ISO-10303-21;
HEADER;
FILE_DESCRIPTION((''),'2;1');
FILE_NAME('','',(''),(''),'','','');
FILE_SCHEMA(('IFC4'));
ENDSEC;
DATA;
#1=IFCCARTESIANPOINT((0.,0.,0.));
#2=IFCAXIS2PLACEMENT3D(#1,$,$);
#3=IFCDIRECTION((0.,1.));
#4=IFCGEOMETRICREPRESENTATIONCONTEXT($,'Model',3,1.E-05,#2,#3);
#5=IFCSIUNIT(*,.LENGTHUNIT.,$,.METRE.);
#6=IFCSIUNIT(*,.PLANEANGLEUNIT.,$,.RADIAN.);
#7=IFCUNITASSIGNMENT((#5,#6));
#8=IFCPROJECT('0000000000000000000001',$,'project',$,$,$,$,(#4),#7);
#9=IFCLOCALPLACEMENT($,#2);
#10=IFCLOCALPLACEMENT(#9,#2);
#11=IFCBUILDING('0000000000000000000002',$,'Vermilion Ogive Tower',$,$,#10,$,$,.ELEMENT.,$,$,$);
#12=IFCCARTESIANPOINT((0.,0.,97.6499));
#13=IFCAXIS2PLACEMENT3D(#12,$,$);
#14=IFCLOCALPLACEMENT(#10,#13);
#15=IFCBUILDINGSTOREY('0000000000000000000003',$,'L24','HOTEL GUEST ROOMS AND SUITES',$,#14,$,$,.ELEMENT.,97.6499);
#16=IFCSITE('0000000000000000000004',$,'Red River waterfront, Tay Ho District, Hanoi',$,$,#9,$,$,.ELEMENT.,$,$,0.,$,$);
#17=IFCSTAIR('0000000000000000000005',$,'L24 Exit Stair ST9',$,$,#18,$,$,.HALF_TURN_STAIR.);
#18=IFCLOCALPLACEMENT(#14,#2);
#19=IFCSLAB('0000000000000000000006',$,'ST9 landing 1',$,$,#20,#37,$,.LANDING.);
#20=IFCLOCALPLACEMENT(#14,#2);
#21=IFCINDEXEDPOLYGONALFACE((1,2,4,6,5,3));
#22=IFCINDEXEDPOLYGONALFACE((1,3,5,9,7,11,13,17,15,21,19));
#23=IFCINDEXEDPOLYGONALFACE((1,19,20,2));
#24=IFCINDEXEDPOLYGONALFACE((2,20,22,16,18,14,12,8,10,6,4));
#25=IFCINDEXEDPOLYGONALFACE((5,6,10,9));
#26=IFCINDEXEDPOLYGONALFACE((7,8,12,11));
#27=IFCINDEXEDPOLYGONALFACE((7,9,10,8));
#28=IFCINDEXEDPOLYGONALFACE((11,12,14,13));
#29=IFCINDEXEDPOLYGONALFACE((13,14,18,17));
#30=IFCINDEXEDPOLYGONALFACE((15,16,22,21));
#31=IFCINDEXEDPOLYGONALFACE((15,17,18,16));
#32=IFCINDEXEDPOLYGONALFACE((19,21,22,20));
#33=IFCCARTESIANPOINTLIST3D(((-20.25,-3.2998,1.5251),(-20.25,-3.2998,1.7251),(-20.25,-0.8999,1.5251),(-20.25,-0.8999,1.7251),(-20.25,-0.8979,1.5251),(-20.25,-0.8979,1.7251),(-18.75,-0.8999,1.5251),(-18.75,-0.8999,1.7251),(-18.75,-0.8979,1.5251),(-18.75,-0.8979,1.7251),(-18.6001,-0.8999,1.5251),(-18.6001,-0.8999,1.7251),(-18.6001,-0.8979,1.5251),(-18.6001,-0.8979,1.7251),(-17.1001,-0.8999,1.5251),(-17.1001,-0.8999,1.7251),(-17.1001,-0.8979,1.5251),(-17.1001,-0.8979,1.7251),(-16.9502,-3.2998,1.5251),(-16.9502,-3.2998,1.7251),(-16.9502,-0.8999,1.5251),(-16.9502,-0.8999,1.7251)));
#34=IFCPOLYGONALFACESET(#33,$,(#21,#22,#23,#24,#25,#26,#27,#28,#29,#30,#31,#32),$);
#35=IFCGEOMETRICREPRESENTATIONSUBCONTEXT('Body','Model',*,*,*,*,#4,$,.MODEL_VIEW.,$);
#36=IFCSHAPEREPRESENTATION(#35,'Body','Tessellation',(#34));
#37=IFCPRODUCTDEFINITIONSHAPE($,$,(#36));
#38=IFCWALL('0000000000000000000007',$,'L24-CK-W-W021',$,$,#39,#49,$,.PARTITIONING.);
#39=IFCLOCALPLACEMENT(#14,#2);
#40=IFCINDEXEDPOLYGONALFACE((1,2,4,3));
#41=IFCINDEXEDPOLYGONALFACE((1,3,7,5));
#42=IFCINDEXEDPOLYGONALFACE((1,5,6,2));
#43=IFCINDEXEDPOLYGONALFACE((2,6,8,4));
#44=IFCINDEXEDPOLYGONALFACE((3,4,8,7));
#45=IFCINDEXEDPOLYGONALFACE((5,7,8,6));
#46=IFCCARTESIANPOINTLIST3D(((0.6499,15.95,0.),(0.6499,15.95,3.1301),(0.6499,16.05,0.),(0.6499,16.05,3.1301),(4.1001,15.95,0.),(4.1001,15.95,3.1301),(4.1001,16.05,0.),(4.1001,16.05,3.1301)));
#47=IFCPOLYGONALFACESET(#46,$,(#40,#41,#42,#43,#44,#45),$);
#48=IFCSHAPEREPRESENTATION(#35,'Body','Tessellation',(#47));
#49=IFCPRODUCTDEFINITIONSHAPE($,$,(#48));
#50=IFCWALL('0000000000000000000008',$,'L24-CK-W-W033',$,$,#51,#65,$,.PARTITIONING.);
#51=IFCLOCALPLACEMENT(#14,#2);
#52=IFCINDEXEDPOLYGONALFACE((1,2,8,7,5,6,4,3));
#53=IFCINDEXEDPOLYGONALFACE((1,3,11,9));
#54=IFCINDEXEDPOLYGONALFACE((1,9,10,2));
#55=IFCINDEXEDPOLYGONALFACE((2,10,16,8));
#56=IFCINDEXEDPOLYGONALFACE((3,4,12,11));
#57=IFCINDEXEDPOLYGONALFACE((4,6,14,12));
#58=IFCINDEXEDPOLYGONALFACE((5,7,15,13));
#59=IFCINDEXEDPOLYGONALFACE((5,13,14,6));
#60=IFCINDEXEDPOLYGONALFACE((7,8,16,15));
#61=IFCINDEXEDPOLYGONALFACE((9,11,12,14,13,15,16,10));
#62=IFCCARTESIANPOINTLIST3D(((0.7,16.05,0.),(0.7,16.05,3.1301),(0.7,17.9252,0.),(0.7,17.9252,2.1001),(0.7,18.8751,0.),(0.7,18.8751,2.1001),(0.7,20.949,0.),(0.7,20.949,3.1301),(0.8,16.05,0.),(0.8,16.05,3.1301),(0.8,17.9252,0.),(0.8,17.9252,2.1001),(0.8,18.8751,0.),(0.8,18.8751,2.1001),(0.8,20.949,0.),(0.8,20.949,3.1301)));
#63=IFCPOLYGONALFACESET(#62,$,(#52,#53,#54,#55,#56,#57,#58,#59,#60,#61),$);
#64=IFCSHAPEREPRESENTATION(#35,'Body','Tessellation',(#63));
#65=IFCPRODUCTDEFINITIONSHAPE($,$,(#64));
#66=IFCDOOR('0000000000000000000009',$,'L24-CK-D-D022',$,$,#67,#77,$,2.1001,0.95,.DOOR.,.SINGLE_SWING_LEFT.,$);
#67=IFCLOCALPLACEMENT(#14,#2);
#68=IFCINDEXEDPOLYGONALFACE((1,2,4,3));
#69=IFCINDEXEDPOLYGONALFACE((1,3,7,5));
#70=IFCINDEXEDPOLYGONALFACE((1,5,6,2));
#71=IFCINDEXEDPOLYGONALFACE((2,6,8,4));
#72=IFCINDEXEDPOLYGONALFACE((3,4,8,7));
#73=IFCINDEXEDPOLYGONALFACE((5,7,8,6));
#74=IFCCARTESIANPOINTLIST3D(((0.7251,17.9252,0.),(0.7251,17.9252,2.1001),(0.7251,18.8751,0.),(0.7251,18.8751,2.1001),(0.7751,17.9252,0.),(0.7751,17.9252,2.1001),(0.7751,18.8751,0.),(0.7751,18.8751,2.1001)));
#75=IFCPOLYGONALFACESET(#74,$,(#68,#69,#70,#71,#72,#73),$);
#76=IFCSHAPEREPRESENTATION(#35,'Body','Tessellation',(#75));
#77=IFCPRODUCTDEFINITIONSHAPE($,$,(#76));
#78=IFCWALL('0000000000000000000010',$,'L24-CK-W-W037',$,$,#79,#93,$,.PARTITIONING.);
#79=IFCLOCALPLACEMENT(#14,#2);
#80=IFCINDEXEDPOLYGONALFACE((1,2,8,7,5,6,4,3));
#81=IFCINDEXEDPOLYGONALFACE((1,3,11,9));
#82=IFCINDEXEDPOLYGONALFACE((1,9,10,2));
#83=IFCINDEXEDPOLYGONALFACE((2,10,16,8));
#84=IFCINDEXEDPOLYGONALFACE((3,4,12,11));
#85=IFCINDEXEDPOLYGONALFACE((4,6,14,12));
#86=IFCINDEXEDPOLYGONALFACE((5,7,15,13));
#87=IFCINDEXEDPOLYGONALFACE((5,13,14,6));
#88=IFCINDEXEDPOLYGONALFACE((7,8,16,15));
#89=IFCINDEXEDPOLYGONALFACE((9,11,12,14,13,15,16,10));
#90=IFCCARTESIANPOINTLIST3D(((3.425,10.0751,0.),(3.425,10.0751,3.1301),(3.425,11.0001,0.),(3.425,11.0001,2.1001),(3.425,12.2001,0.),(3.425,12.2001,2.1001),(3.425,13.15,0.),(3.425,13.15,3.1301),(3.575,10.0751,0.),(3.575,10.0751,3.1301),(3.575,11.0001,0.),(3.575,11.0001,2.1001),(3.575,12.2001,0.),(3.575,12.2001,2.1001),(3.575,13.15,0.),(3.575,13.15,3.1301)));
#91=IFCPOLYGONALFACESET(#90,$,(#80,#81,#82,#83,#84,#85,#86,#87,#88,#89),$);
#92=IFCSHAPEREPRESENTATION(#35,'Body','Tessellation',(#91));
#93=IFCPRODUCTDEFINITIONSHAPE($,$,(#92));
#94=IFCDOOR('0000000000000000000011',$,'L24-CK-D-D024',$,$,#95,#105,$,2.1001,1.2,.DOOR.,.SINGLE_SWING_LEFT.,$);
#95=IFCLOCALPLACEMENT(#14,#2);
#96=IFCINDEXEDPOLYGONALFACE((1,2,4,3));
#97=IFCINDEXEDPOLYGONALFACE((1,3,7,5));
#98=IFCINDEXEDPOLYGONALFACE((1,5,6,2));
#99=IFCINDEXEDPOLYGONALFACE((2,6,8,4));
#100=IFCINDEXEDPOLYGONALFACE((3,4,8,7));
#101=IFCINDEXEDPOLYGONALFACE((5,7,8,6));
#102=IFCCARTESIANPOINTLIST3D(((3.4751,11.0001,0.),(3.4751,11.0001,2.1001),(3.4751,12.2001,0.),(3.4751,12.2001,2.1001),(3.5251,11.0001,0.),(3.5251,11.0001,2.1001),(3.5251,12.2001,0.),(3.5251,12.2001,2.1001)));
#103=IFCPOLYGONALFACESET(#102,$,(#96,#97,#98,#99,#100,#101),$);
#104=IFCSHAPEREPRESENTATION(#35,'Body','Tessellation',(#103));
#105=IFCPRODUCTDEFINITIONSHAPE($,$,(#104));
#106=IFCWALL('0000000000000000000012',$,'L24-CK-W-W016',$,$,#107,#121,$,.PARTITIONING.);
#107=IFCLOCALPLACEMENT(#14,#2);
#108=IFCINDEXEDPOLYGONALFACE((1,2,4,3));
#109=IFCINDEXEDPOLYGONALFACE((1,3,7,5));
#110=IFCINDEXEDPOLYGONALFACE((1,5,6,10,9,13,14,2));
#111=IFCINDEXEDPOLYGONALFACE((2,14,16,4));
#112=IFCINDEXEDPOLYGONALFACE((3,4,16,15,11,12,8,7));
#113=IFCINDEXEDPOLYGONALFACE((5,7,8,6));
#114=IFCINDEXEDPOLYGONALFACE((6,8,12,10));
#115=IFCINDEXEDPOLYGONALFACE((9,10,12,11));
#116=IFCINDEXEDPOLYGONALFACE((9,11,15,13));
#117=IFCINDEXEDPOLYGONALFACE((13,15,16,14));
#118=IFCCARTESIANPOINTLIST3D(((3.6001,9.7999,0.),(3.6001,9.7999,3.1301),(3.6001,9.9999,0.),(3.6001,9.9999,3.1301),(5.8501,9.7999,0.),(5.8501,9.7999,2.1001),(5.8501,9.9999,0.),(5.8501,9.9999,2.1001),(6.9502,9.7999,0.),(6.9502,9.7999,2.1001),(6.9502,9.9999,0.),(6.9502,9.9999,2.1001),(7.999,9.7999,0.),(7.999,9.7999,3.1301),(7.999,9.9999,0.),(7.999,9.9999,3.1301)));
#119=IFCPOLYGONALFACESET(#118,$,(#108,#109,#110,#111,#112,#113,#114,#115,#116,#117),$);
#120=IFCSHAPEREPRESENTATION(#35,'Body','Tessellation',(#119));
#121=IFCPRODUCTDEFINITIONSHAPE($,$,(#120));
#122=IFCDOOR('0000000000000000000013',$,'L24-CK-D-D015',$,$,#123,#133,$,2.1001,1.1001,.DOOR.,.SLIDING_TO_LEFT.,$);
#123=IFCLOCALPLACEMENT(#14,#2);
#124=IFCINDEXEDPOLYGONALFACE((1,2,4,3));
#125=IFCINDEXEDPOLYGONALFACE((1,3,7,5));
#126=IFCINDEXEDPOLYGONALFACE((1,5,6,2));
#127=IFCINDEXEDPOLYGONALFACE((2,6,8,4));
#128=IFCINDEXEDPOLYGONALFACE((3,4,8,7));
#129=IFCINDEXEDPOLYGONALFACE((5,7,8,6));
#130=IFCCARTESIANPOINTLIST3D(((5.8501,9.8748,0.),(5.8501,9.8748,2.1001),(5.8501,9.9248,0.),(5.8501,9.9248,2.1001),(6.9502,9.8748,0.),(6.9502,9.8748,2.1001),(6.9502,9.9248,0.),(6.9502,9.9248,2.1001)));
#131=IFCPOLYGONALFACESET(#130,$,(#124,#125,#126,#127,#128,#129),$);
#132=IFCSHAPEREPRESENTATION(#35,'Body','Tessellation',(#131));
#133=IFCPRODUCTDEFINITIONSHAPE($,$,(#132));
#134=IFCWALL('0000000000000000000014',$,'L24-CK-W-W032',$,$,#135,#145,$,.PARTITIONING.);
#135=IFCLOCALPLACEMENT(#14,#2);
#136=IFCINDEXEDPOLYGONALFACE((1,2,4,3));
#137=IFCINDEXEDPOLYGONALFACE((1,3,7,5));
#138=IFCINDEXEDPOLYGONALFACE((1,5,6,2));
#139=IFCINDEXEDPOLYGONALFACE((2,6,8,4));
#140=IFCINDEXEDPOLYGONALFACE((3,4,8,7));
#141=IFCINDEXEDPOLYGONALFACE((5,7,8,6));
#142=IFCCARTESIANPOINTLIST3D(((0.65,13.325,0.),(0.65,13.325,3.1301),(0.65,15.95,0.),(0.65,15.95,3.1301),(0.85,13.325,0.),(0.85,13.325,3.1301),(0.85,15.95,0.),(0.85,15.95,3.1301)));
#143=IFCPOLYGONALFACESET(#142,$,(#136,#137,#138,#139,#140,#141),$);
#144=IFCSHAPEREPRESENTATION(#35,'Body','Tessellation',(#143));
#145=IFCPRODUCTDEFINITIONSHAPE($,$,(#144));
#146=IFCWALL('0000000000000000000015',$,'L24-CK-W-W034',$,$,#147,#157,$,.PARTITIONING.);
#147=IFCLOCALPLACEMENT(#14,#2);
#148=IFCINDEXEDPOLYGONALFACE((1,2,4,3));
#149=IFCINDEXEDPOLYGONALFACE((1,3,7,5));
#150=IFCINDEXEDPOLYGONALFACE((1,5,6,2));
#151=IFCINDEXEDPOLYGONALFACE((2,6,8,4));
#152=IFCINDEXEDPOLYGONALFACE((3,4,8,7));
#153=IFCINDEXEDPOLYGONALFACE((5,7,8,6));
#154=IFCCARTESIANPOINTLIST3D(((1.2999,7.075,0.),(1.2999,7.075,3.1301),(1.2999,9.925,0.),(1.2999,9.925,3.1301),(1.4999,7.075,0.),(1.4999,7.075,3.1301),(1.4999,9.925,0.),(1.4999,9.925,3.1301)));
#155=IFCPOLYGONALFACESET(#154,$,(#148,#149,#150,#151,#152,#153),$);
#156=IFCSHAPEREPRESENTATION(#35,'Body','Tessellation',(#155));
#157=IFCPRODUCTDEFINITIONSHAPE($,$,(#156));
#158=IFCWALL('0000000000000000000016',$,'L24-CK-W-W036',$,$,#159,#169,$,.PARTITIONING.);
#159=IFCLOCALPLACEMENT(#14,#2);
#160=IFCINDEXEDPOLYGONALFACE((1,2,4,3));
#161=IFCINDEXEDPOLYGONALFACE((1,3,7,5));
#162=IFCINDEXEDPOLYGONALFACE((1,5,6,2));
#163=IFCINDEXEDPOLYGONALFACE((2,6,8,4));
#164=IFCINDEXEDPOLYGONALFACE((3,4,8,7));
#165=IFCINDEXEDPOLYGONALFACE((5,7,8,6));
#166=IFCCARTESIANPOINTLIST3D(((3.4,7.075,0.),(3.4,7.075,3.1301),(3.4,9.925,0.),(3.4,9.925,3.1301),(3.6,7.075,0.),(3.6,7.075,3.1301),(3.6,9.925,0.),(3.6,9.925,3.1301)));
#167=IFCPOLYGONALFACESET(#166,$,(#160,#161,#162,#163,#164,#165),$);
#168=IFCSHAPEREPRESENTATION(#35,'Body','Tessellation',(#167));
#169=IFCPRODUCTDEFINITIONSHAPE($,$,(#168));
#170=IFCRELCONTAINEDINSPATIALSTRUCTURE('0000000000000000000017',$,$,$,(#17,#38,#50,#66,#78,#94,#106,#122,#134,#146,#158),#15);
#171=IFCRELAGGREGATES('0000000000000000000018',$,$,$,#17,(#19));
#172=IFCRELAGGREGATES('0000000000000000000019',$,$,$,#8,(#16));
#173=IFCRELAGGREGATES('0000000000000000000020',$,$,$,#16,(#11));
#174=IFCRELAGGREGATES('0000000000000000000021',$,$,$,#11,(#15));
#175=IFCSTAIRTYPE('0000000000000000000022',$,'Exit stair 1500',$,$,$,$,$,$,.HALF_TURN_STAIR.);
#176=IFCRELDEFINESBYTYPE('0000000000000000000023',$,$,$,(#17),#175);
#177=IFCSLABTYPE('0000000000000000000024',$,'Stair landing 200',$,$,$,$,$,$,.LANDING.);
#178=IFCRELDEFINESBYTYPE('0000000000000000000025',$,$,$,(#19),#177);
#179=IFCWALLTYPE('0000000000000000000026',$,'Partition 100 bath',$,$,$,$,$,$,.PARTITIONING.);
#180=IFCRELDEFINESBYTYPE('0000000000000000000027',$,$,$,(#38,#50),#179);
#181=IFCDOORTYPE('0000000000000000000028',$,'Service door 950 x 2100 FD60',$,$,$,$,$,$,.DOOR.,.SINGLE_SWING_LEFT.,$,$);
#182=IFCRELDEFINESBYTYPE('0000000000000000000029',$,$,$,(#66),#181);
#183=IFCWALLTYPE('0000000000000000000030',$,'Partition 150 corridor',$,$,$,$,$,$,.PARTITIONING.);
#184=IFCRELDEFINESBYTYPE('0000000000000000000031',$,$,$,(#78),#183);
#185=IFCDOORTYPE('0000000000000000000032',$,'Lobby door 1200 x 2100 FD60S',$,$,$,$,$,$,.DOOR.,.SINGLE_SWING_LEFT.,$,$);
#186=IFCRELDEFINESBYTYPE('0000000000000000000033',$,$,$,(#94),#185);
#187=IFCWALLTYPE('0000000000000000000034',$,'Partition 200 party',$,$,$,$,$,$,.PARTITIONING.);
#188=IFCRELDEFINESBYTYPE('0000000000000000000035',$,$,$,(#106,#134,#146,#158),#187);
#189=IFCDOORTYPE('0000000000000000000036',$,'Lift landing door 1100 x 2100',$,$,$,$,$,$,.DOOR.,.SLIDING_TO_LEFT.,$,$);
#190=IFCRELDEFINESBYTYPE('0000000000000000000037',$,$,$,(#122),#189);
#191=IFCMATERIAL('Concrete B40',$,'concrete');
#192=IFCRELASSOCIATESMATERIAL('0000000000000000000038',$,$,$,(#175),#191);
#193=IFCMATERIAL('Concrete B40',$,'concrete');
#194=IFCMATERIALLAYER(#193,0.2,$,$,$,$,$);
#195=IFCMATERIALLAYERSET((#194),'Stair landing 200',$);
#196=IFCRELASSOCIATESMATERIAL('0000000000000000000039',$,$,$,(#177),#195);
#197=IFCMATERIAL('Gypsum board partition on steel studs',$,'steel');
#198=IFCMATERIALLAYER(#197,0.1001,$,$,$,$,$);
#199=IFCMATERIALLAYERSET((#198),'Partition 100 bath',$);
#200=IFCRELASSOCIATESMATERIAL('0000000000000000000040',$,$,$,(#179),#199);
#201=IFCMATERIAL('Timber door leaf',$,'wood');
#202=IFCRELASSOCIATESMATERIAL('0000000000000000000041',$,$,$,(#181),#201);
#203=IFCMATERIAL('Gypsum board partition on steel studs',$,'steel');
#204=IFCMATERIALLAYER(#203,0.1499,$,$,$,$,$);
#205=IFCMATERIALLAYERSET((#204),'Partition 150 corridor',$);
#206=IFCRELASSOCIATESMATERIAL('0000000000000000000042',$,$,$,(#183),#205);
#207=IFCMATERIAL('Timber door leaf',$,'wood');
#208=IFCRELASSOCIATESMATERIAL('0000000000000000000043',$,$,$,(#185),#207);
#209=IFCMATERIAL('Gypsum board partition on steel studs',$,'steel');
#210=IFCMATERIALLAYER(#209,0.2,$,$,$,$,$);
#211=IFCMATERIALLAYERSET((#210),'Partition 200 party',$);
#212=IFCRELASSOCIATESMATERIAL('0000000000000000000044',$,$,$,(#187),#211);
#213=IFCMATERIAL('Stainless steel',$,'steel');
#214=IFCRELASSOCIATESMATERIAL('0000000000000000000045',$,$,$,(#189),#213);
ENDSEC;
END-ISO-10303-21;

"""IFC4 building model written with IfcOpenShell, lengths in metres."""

from ifc_helpers import new_model, si_unit, direction, frame, frame_2d, origin, place, context, subcontext, project, spatial, polyline, rectangle, outline, extrude, material, layer, layer_set, type_object, element, fill, aggregate, save


model = new_model("IFC4")

# Units and contexts
model_context = context("Model", 3, precision=1e-05, world=origin(), true_north=direction((0.0, 1.0)))
body_context = subcontext(model_context, "Body", "Model", "MODEL_VIEW")
ifc_project = project(units=[si_unit("LENGTHUNIT", "METRE"), si_unit("PLANEANGLEUNIT", "RADIAN")], contexts=[model_context])

# Site, building, storey
site_placement = place(None, origin())
site = spatial("IfcSite", under=ifc_project, at=site_placement, Name="Red River waterfront, Tay Ho District, Hanoi", CompositionType="ELEMENT", RefElevation=0.0)
building_placement = place(site_placement, origin())
building = spatial("IfcBuilding", under=site, at=building_placement, Name="Vermilion Ogive Tower", CompositionType="ELEMENT")
storey_placement = place(building_placement, frame((0.0, 0.0, 97.6499)))
storey = spatial("IfcBuildingStorey", under=building, at=storey_placement, Name="L24", Description="HOTEL GUEST ROOMS AND SUITES", CompositionType="ELEMENT", Elevation=97.6499)

# Stair, slab
ifc_material_1 = material(Name="Concrete B40", Category="concrete")
stair_type = type_object("IfcStairType", Name="Exit stair 1500", PredefinedType="HALF_TURN_STAIR", material=ifc_material_1)
ifc_material_2 = material(Name="Concrete B40", Category="concrete")
ifc_layer_1 = layer(ifc_material_2, 0.2)
ifc_layer_set_1 = layer_set([ifc_layer_1], Name="Stair landing 200")
slab_type_1 = type_object("IfcSlabType", Name="Stair landing 200", PredefinedType="LANDING", material=ifc_layer_set_1)
stair_1_placement = place(storey_placement, origin())
stair_1 = element("IfcStair", 1, at=stair_1_placement, inside=storey, type_object=stair_type, Name="L24 Exit Stair ST9", PredefinedType="HALF_TURN_STAIR")
slab_1_placement = place(storey_placement, frame((0.0, 0.0, 1.5251)))
slab_1 = element("IfcSlab", 2, at=slab_1_placement, type_object=slab_type_1, Name="ST9 landing 1", PredefinedType="LANDING", context=body_context, shape_type="SweptSolid", body=[
    extrude(outline(polyline([(-16.9502, -0.8999), (-17.1001, -0.8999), (-17.1001, -0.8979), (-18.6001, -0.8979), (-18.6001, -0.8999), (-18.75, -0.8999), (-18.75, -0.8979), (-20.25, -0.8979), (-20.25, -0.8999), (-20.25, -0.8999), (-20.25, -3.2998), (-16.9502, -3.2998), (-16.9502, -0.8999)])), origin(), (0.0, 0.0, 1.0), 0.2),
])
aggregate(stair_1, [slab_1])

# Wall
ifc_material_3 = material(Name="Gypsum board partition on steel studs", Category="steel")
ifc_layer_2 = layer(ifc_material_3, 0.1001)
ifc_layer_set_2 = layer_set([ifc_layer_2], Name="Partition 100 bath")
wall_type_1 = type_object("IfcWallType", Name="Partition 100 bath", PredefinedType="PARTITIONING", material=ifc_layer_set_2)
wall_1_placement = place(storey_placement, frame((0.6499, 16.0, 0.0), z_axis=(0.0, 0.0, 1.0), x_axis=(1.0, 0.0, 0.0)))
element("IfcWall", 3, at=wall_1_placement, inside=storey, type_object=wall_type_1, Name="L24-CK-W-W021", PredefinedType="PARTITIONING", context=body_context, shape_type="SweptSolid", body=[
    extrude(rectangle(XDim=3.4502, YDim=0.1001, at=frame_2d((1.7251, 0.0))), origin(), (0.0, 0.0, 1.0), 3.1301),
])

# Walls, openings, doors
wall_2_placement = place(storey_placement, frame((0.75, 16.05, 0.0), z_axis=(0.0, 0.0, 1.0), x_axis=(0.0, 1.0, 0.0)))
wall_2 = element("IfcWall", 4, at=wall_2_placement, inside=storey, type_object=wall_type_1, Name="L24-CK-W-W033", PredefinedType="PARTITIONING", context=body_context, shape_type="SweptSolid", body=[
    extrude(rectangle(XDim=4.8989, YDim=0.1001, at=frame_2d((2.4495, 0.0))), origin(), (0.0, 0.0, 1.0), 3.1301),
])
opening_1_placement = place(wall_2_placement, frame((1.875, 0.0, 0.0)))
opening_1 = element("IfcOpeningElement", 5, at=opening_1_placement, cuts=wall_2, PredefinedType="OPENING", context=body_context, shape_type="SweptSolid", body=[
    extrude(rectangle(XDim=0.95, YDim=2.1001, at=frame_2d((0.4751, 1.05))), frame((0.0, 0.0601, 0.0), z_axis=(0.0, -1.0, 0.0), x_axis=(1.0, 0.0, 0.0)), (0.0, 0.0, 1.0), 0.1201),
])
ifc_material_4 = material(Name="Timber door leaf", Category="wood")
door_type_1 = type_object("IfcDoorType", Name="Service door 950 x 2100 FD60", OperationType="SINGLE_SWING_LEFT", PredefinedType="DOOR", material=ifc_material_4)
door_1_placement = place(opening_1_placement, origin())
door_1 = element("IfcDoor", 6, at=door_1_placement, inside=storey, type_object=door_type_1, Name="L24-CK-D-D022", OperationType="SINGLE_SWING_LEFT", OverallHeight=2.1001, OverallWidth=0.95, PredefinedType="DOOR", context=body_context, shape_type="SweptSolid", body=[
    extrude(rectangle(XDim=0.95, YDim=2.1001, at=frame_2d((0.4751, 1.05))), frame((0.0, 0.0249, 0.0), z_axis=(0.0, -1.0, 0.0), x_axis=(1.0, 0.0, 0.0)), (0.0, 0.0, 1.0), 0.05),
])
fill(opening_1, door_1)
ifc_material_5 = material(Name="Gypsum board partition on steel studs", Category="steel")
ifc_layer_3 = layer(ifc_material_5, 0.1499)
ifc_layer_set_3 = layer_set([ifc_layer_3], Name="Partition 150 corridor")
wall_type_2 = type_object("IfcWallType", Name="Partition 150 corridor", PredefinedType="PARTITIONING", material=ifc_layer_set_3)
wall_3_placement = place(storey_placement, frame((3.5, 10.075, 0.0), z_axis=(0.0, 0.0, 1.0), x_axis=(0.0, 1.0, 0.0)))
wall_3 = element("IfcWall", 7, at=wall_3_placement, inside=storey, type_object=wall_type_2, Name="L24-CK-W-W037", PredefinedType="PARTITIONING", context=body_context, shape_type="SweptSolid", body=[
    extrude(rectangle(XDim=3.075, YDim=0.1499, at=frame_2d((1.5376, 0.0))), origin(), (0.0, 0.0, 1.0), 3.1301),
])
opening_2_placement = place(wall_3_placement, frame((0.925, 0.0, 0.0)))
opening_2 = element("IfcOpeningElement", 8, at=opening_2_placement, cuts=wall_3, PredefinedType="OPENING", context=body_context, shape_type="SweptSolid", body=[
    extrude(rectangle(XDim=1.2, YDim=2.1001, at=frame_2d((0.6001, 1.05))), frame((0.0, 0.085, 0.0), z_axis=(0.0, -1.0, 0.0), x_axis=(1.0, 0.0, 0.0)), (0.0, 0.0, 1.0), 0.1699),
])
ifc_material_6 = material(Name="Timber door leaf", Category="wood")
door_type_2 = type_object("IfcDoorType", Name="Lobby door 1200 x 2100 FD60S", OperationType="SINGLE_SWING_LEFT", PredefinedType="DOOR", material=ifc_material_6)
door_2_placement = place(opening_2_placement, origin())
door_2 = element("IfcDoor", 9, at=door_2_placement, inside=storey, type_object=door_type_2, Name="L24-CK-D-D024", OperationType="SINGLE_SWING_LEFT", OverallHeight=2.1001, OverallWidth=1.2, PredefinedType="DOOR", context=body_context, shape_type="SweptSolid", body=[
    extrude(rectangle(XDim=1.2, YDim=2.1001, at=frame_2d((0.6001, 1.05))), frame((0.0, 0.0249, 0.0), z_axis=(0.0, -1.0, 0.0), x_axis=(1.0, 0.0, 0.0)), (0.0, 0.0, 1.0), 0.05),
])
fill(opening_2, door_2)
ifc_material_7 = material(Name="Gypsum board partition on steel studs", Category="steel")
ifc_layer_4 = layer(ifc_material_7, 0.2)
ifc_layer_set_4 = layer_set([ifc_layer_4], Name="Partition 200 party")
wall_type_3 = type_object("IfcWallType", Name="Partition 200 party", PredefinedType="PARTITIONING", material=ifc_layer_set_4)
wall_4_placement = place(storey_placement, frame((3.6001, 9.8999, 0.0), z_axis=(0.0, 0.0, 1.0), x_axis=(1.0, 0.0, 0.0)))
wall_4 = element("IfcWall", 10, at=wall_4_placement, inside=storey, type_object=wall_type_3, Name="L24-CK-W-W016", PredefinedType="PARTITIONING", context=body_context, shape_type="SweptSolid", body=[
    extrude(rectangle(XDim=4.3989, YDim=0.2, at=frame_2d((2.1995, 0.0))), origin(), (0.0, 0.0, 1.0), 3.1301),
])
opening_3_placement = place(wall_4_placement, frame((2.25, 0.0, 0.0)))
opening_3 = element("IfcOpeningElement", 11, at=opening_3_placement, cuts=wall_4, PredefinedType="OPENING", context=body_context, shape_type="SweptSolid", body=[
    extrude(rectangle(XDim=1.1001, YDim=2.1001, at=frame_2d((0.55, 1.05))), frame((0.0, 0.1099, 0.0), z_axis=(0.0, -1.0, 0.0), x_axis=(1.0, 0.0, 0.0)), (0.0, 0.0, 1.0), 0.22),
])
ifc_material_8 = material(Name="Stainless steel", Category="steel")
door_type_3 = type_object("IfcDoorType", Name="Lift landing door 1100 x 2100", OperationType="SLIDING_TO_LEFT", PredefinedType="DOOR", material=ifc_material_8)
door_3_placement = place(opening_3_placement, origin())
door_3 = element("IfcDoor", 12, at=door_3_placement, inside=storey, type_object=door_type_3, Name="L24-CK-D-D015", OperationType="SLIDING_TO_LEFT", OverallHeight=2.1001, OverallWidth=1.1001, PredefinedType="DOOR", context=body_context, shape_type="SweptSolid", body=[
    extrude(rectangle(XDim=1.1001, YDim=2.1001, at=frame_2d((0.55, 1.05))), frame((0.0, 0.0249, 0.0), z_axis=(0.0, -1.0, 0.0), x_axis=(1.0, 0.0, 0.0)), (0.0, 0.0, 1.0), 0.05),
])
fill(opening_3, door_3)

# Walls
wall_5_placement = place(storey_placement, frame((0.75, 13.325, 0.0), z_axis=(0.0, 0.0, 1.0), x_axis=(0.0, 1.0, 0.0)))
element("IfcWall", 13, at=wall_5_placement, inside=storey, type_object=wall_type_3, Name="L24-CK-W-W032", PredefinedType="PARTITIONING", context=body_context, shape_type="SweptSolid", body=[
    extrude(rectangle(XDim=2.625, YDim=0.2, at=frame_2d((1.3125, 0.0))), origin(), (0.0, 0.0, 1.0), 3.1301),
])
for number, where, z_axis, x_axis, name in (
    (14, (1.3999, 7.075, 0.0), (0.0, 0.0, 1.0), (0.0, 1.0, 0.0), "L24-CK-W-W034"),
    (15, (3.5, 7.075, 0.0), (0.0, 0.0, 1.0), (0.0, 1.0, 0.0), "L24-CK-W-W036"),
):
    element("IfcWall", number, at=place(storey_placement, frame(where, z_axis=z_axis, x_axis=x_axis)), inside=storey, type_object=wall_type_3, Name=name, PredefinedType="PARTITIONING", context=body_context, shape_type="SweptSolid", body=[
        extrude(rectangle(XDim=2.8501, YDim=0.2, at=frame_2d((1.425, 0.0))), origin(), (0.0, 0.0, 1.0), 3.1301),
    ])

save(model, "model.ifc")
